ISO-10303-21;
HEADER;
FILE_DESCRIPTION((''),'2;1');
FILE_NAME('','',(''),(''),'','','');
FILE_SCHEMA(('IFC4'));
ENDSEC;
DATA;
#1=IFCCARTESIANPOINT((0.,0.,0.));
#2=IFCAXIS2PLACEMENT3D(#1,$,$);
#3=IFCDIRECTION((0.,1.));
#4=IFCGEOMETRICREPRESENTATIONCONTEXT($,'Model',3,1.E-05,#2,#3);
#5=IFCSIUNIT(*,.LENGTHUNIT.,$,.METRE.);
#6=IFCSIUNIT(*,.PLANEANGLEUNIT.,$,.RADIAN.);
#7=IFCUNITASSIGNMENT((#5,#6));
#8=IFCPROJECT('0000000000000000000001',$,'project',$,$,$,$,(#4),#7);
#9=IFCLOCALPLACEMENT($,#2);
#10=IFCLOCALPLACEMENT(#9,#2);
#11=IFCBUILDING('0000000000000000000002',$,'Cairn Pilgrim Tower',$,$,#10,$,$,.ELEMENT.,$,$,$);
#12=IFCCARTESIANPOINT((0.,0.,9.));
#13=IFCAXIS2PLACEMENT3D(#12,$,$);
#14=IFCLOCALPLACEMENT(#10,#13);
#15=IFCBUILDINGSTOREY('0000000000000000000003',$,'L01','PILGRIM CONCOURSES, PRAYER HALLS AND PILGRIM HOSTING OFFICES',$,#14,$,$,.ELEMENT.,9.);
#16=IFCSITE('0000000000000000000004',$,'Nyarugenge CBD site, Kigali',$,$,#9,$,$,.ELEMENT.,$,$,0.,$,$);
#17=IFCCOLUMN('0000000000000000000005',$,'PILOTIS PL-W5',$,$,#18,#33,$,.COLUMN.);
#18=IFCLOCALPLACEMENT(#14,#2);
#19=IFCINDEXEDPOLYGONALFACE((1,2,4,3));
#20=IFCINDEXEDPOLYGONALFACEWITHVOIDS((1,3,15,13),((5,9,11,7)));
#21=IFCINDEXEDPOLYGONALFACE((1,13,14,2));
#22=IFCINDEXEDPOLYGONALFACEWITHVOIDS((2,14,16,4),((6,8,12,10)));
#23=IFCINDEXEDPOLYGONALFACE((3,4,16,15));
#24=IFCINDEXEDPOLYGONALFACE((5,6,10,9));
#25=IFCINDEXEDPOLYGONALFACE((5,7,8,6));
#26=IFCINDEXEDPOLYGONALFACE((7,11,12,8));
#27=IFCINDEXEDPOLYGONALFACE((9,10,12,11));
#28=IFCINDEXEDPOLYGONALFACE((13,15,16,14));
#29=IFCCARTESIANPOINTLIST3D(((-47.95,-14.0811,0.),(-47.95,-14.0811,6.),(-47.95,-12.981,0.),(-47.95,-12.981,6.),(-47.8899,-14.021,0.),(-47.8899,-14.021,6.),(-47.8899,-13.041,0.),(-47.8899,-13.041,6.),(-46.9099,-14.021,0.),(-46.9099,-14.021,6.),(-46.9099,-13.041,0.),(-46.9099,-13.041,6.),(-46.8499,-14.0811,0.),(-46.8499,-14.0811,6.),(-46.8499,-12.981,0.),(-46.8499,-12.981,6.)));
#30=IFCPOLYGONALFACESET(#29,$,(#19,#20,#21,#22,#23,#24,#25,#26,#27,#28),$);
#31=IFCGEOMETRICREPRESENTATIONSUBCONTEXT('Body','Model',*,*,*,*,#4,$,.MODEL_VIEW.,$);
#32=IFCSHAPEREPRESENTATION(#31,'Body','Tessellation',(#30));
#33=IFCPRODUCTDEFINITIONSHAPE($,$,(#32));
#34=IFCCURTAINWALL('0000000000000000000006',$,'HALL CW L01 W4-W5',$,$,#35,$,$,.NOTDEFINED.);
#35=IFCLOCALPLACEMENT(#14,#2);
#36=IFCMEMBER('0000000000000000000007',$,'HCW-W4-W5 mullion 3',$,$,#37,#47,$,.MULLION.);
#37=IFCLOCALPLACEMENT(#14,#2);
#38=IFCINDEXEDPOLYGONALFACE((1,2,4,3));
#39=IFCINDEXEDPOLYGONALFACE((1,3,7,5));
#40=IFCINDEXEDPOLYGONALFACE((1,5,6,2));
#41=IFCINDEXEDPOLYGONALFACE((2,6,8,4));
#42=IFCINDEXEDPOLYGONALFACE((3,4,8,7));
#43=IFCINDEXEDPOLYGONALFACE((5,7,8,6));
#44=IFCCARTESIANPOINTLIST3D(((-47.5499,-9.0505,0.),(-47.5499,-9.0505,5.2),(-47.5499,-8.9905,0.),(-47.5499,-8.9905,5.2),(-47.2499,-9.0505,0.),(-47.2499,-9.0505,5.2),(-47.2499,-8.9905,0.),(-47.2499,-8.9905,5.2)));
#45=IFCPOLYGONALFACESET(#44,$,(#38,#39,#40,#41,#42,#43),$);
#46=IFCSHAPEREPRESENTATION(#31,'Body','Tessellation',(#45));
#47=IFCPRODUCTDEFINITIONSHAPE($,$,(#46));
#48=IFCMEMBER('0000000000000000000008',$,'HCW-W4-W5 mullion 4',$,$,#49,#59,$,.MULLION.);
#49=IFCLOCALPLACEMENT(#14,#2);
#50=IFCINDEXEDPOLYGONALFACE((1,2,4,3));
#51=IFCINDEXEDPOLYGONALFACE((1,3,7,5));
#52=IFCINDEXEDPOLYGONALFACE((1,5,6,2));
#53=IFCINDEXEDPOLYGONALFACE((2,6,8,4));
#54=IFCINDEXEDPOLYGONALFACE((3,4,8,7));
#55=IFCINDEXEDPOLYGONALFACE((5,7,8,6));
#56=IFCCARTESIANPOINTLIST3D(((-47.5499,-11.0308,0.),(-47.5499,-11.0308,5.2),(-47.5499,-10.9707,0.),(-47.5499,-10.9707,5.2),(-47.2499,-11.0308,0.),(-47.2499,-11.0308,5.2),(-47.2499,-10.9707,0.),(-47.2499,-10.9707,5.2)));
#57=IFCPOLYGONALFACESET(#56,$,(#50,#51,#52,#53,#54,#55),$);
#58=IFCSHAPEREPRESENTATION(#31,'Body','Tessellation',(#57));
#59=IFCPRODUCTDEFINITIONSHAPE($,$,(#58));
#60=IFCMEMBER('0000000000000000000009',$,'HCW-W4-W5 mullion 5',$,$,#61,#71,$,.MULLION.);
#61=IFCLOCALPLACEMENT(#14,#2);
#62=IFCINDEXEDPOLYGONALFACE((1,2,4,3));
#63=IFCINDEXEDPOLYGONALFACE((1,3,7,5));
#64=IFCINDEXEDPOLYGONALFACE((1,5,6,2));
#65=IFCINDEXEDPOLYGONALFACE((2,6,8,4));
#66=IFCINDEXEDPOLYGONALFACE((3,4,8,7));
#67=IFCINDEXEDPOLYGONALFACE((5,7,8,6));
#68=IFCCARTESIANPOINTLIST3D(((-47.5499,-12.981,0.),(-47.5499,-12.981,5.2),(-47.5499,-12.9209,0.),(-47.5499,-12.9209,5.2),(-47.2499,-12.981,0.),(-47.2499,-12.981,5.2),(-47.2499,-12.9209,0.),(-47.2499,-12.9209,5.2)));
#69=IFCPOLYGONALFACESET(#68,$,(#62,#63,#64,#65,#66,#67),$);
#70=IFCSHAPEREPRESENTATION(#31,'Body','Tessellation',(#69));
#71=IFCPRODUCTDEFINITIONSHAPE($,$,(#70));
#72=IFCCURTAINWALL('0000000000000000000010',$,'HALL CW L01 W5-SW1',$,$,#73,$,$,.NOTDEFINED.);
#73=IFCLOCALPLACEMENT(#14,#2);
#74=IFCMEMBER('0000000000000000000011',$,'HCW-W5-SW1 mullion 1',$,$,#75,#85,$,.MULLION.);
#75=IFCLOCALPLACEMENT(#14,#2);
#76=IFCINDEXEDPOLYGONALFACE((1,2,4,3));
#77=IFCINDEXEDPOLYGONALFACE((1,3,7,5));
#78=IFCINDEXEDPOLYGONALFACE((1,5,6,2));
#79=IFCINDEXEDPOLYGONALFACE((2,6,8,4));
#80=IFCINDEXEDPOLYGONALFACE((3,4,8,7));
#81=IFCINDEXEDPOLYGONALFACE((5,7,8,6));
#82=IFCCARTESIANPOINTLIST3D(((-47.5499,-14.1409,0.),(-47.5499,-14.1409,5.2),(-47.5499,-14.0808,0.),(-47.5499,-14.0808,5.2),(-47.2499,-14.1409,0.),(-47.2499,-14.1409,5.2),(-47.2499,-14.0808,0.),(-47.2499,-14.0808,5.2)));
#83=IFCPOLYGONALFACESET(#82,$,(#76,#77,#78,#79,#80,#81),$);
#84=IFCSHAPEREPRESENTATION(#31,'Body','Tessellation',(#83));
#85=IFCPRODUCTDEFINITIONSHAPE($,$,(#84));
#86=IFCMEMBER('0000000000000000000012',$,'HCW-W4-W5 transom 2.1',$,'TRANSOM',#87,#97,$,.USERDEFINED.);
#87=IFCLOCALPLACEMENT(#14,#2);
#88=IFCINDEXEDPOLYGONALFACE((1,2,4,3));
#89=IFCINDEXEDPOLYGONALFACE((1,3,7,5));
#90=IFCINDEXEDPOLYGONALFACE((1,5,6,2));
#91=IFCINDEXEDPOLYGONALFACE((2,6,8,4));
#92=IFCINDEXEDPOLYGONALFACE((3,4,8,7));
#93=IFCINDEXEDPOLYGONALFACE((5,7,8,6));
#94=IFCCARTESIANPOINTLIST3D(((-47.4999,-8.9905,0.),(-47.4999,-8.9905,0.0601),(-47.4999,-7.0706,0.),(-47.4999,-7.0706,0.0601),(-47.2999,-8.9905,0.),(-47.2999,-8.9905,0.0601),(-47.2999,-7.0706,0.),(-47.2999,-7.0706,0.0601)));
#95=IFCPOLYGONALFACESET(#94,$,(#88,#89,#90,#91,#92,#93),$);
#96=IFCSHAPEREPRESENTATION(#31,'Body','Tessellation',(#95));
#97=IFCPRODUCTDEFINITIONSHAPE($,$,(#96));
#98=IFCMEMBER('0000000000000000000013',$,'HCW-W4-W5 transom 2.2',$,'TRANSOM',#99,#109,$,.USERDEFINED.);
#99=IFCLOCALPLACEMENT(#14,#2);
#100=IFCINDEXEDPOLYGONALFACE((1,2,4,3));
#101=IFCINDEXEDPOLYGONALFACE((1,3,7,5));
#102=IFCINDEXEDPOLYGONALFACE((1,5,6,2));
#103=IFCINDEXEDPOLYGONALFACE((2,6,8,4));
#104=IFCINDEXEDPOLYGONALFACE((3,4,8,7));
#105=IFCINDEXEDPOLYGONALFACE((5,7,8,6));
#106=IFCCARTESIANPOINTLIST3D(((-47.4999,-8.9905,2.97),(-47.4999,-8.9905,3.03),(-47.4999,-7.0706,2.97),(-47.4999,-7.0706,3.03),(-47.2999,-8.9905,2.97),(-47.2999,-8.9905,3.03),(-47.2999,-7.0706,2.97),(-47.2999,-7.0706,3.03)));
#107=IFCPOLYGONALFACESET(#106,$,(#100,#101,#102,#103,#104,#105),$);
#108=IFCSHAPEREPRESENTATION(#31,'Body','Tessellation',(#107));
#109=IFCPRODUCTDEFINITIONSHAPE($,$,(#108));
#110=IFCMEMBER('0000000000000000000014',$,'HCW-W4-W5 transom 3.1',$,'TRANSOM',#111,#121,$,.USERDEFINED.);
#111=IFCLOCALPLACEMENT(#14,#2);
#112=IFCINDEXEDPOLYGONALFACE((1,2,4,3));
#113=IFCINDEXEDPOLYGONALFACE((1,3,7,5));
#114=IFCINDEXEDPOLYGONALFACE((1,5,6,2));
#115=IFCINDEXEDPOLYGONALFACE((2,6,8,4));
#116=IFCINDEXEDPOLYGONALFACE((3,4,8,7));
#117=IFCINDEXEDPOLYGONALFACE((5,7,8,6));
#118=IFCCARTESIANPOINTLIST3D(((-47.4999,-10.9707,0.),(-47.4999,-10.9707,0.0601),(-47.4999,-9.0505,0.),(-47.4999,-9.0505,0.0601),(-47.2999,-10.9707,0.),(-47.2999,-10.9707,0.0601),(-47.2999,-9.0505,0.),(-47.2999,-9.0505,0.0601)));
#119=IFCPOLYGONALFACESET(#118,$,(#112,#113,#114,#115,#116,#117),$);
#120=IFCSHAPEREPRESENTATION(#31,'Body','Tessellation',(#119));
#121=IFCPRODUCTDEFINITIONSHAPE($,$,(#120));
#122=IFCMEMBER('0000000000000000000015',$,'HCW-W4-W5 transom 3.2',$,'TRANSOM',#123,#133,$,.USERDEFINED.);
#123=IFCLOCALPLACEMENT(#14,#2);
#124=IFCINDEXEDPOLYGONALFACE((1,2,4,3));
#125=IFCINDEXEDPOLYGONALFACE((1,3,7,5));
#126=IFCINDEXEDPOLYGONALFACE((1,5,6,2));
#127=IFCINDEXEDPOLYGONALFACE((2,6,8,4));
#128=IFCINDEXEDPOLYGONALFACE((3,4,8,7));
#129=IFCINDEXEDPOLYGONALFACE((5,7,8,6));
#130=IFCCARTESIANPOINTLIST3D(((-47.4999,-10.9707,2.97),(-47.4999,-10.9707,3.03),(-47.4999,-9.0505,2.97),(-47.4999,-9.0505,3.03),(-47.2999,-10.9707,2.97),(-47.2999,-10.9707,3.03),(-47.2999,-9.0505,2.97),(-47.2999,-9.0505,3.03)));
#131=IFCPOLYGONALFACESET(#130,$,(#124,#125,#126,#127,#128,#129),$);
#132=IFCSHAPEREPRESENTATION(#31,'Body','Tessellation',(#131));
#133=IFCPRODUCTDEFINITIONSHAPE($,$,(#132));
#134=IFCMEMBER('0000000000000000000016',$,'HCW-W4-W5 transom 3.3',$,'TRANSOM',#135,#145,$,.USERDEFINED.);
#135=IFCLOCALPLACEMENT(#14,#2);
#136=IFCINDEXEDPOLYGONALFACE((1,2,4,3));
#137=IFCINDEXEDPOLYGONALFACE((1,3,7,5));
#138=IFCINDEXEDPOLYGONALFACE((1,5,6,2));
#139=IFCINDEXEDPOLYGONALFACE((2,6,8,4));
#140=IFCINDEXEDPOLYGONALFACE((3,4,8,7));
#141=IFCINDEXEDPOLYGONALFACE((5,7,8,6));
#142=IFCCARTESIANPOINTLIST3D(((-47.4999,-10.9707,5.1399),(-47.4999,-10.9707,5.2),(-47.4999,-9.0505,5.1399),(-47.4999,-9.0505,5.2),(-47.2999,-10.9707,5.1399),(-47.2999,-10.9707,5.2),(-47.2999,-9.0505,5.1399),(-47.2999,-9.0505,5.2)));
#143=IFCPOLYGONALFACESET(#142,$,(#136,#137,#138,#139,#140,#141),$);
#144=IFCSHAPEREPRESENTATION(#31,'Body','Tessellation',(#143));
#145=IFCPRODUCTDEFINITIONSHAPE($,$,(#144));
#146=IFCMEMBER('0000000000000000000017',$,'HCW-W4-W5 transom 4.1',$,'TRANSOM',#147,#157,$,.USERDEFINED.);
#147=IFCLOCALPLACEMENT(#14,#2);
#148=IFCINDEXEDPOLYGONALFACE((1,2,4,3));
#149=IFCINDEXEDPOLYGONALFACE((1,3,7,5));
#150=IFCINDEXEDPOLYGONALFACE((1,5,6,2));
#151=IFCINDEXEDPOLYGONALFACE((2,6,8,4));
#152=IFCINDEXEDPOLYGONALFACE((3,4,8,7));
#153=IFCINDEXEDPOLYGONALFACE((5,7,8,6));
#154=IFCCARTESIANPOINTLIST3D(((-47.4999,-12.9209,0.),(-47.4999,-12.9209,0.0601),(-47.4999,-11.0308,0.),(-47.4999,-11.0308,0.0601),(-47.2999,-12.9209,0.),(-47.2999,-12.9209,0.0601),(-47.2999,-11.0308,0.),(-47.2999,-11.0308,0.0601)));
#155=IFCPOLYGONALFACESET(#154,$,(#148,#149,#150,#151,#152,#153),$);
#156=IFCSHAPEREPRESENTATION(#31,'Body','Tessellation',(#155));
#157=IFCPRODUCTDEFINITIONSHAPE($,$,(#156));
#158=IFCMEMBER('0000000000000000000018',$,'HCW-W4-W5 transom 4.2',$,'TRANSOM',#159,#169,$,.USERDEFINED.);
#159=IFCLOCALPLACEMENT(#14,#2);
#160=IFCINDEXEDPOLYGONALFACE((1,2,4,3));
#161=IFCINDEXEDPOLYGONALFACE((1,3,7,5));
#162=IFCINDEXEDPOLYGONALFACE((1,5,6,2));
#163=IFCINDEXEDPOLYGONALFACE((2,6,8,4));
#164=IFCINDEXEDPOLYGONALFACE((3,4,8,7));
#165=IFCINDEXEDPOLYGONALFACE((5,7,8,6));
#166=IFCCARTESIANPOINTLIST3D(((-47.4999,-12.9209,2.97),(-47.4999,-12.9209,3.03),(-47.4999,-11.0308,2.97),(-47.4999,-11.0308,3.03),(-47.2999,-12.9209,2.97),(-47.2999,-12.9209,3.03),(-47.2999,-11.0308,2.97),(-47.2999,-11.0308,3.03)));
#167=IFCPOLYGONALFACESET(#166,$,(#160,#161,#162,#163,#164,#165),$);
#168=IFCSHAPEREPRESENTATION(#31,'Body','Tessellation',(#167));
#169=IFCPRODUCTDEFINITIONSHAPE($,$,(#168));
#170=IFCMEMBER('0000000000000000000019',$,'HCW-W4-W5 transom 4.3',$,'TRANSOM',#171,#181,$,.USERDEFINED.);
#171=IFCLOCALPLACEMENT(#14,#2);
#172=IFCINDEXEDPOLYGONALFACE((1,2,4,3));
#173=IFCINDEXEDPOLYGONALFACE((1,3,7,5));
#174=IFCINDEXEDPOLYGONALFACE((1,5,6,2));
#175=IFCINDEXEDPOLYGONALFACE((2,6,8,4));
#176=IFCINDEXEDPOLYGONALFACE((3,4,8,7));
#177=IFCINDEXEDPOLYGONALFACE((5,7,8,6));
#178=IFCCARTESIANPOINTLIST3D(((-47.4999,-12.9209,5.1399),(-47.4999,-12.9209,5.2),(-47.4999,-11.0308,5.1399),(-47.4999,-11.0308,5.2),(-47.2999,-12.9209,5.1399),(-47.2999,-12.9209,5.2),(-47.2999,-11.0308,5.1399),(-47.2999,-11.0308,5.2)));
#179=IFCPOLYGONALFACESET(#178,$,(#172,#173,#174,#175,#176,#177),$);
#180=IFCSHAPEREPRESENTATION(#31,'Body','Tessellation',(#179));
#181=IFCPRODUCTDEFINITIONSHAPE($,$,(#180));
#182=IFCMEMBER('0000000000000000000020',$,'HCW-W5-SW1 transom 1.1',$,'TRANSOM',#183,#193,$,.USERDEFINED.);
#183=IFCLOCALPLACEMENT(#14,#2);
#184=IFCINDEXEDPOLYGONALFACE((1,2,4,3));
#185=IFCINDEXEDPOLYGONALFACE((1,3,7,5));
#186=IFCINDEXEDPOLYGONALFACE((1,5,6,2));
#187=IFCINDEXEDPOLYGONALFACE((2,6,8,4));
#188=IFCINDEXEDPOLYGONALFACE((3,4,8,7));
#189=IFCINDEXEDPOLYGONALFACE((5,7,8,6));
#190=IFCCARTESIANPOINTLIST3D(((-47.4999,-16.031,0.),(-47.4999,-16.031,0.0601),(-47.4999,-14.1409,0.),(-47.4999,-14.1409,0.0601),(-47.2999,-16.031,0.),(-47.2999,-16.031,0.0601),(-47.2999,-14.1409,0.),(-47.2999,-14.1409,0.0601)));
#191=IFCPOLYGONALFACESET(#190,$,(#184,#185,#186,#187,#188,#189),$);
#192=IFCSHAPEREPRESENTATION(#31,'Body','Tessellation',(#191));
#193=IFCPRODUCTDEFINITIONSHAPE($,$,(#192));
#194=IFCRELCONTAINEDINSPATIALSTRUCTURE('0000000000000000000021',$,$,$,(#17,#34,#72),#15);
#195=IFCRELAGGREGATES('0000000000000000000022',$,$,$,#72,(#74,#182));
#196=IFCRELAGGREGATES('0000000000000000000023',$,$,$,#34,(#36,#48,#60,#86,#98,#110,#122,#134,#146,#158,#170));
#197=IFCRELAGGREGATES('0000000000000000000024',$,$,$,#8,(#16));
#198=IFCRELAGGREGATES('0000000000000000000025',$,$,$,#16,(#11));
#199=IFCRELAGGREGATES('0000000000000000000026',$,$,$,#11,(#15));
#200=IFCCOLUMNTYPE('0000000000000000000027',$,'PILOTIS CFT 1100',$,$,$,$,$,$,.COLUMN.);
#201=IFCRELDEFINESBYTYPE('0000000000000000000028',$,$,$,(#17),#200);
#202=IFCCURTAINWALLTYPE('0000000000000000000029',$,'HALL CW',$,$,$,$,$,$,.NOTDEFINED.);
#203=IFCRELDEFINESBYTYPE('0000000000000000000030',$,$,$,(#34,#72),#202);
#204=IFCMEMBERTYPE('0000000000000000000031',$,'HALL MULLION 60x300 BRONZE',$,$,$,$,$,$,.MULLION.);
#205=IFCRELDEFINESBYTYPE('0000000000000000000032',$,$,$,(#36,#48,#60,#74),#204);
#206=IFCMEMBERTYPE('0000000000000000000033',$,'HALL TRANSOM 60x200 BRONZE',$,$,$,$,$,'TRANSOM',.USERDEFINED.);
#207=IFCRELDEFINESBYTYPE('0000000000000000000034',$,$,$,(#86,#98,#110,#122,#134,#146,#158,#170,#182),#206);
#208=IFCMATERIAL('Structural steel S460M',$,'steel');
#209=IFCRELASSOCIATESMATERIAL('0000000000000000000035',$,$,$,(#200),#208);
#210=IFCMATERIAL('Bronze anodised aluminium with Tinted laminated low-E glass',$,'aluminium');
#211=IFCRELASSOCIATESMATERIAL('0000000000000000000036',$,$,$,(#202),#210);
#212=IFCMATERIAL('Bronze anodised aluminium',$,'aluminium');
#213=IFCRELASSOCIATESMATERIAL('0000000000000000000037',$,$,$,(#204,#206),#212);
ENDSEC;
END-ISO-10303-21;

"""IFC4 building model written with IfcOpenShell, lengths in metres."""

from ifc_helpers import new_model, si_unit, direction, frame, origin, origin_2d, place, context, subcontext, project, spatial, rectangle, hollow_rectangle, extrude, material, material_profile, profile_set, type_object, element, aggregate, save


model = new_model("IFC4")

# Units and contexts
model_context = context("Model", 3, precision=1e-05, world=origin(), true_north=direction((0.0, 1.0)))
body_context = subcontext(model_context, "Body", "Model", "MODEL_VIEW")
ifc_project = project(units=[si_unit("LENGTHUNIT", "METRE"), si_unit("PLANEANGLEUNIT", "RADIAN")], contexts=[model_context])

# Site, building, storey
site_placement = place(None, origin())
site = spatial("IfcSite", under=ifc_project, at=site_placement, Name="Nyarugenge CBD site, Kigali", CompositionType="ELEMENT", RefElevation=0.0)
building_placement = place(site_placement, origin())
building = spatial("IfcBuilding", under=site, at=building_placement, Name="Cairn Pilgrim Tower", CompositionType="ELEMENT")
storey_placement = place(building_placement, frame((0.0, 0.0, 9.0)))
storey = spatial("IfcBuildingStorey", under=building, at=storey_placement, Name="L01", Description="PILGRIM CONCOURSES, PRAYER HALLS AND PILGRIM HOSTING OFFICES", CompositionType="ELEMENT", Elevation=9.0)

# Column
ifc_material_1 = material(Name="Structural steel S460M", Category="steel")
ifc_material_profile_1 = material_profile(ifc_material_1, hollow_rectangle(XDim=1.1001, YDim=1.1001, WallThickness=0.0601, at=origin_2d()), Name="BOX 1100x1100x60")
ifc_profile_set_1 = profile_set([ifc_material_profile_1], Name="Structural steel S460M")
column_type = type_object("IfcColumnType", Name="PILOTIS CFT 1100", PredefinedType="COLUMN", material=ifc_profile_set_1)
column_placement = place(storey_placement, frame((-47.3999, -13.531, 0.0), z_axis=(0.0, 0.0, 1.0), x_axis=(1.0, 0.0, 0.0)))
element("IfcColumn", 1, at=column_placement, inside=storey, type_object=column_type, Name="PILOTIS PL-W5", PredefinedType="COLUMN", context=body_context, shape_type="SweptSolid", body=[
    extrude(hollow_rectangle(XDim=1.1001, YDim=1.1001, WallThickness=0.0601, at=origin_2d()), origin(), (0.0, 0.0, 1.0), 6.0),
])

# Curtain wall, members
ifc_material_2 = material(Name="Bronze anodised aluminium with Tinted laminated low-E glass", Category="aluminium")
curtain_wall_type = type_object("IfcCurtainWallType", Name="HALL CW", PredefinedType="NOTDEFINED", material=ifc_material_2)
curtain_wall_1_placement = place(storey_placement, origin())
curtain_wall_1 = element("IfcCurtainWall", 2, at=curtain_wall_1_placement, inside=storey, type_object=curtain_wall_type, Name="HALL CW L01 W4-W5", PredefinedType="NOTDEFINED")
ifc_material_3 = material(Name="Bronze anodised aluminium", Category="aluminium")
ifc_material_profile_2 = material_profile(ifc_material_3, rectangle(XDim=0.3, YDim=0.0601, at=origin_2d()), Name="HALL MULLION 60x300 BRONZE")
ifc_profile_set_2 = profile_set([ifc_material_profile_2], Name="Bronze anodised aluminium")
member_type_1 = type_object("IfcMemberType", Name="HALL MULLION 60x300 BRONZE", PredefinedType="MULLION", material=ifc_profile_set_2)
member_1_placement = place(storey_placement, frame((-47.3999, -9.0205, 0.0), z_axis=(0.0, 0.0, 1.0), x_axis=(1.0, 0.0, 0.0)))
member_1 = element("IfcMember", 3, at=member_1_placement, type_object=member_type_1, Name="HCW-W4-W5 mullion 3", PredefinedType="MULLION", context=body_context, shape_type="SweptSolid", body=[
    extrude(rectangle(XDim=0.3, YDim=0.0601, at=origin_2d()), origin(), (0.0, 0.0, 1.0), 5.2),
])
member_2_placement = place(storey_placement, frame((-47.3999, -11.0007, 0.0), z_axis=(0.0, 0.0, 1.0), x_axis=(1.0, 0.0, 0.0)))
member_2 = element("IfcMember", 4, at=member_2_placement, type_object=member_type_1, Name="HCW-W4-W5 mullion 4", PredefinedType="MULLION", context=body_context, shape_type="SweptSolid", body=[
    extrude(rectangle(XDim=0.3, YDim=0.0601, at=origin_2d()), origin(), (0.0, 0.0, 1.0), 5.2),
])
member_3_placement = place(storey_placement, frame((-47.3999, -12.9509, 0.0), z_axis=(0.0, 0.0, 1.0), x_axis=(1.0, 0.0, 0.0)))
member_3 = element("IfcMember", 5, at=member_3_placement, type_object=member_type_1, Name="HCW-W4-W5 mullion 5", PredefinedType="MULLION", context=body_context, shape_type="SweptSolid", body=[
    extrude(rectangle(XDim=0.3, YDim=0.0601, at=origin_2d()), origin(), (0.0, 0.0, 1.0), 5.2),
])

# Curtain wall, member
curtain_wall_2_placement = place(storey_placement, origin())
curtain_wall_2 = element("IfcCurtainWall", 6, at=curtain_wall_2_placement, inside=storey, type_object=curtain_wall_type, Name="HALL CW L01 W5-SW1", PredefinedType="NOTDEFINED")
member_4_placement = place(storey_placement, frame((-47.3999, -14.1108, 0.0), z_axis=(0.0, 0.0, 1.0), x_axis=(1.0, 0.0, 0.0)))
member_4 = element("IfcMember", 7, at=member_4_placement, type_object=member_type_1, Name="HCW-W5-SW1 mullion 1", PredefinedType="MULLION", context=body_context, shape_type="SweptSolid", body=[
    extrude(rectangle(XDim=0.3, YDim=0.0601, at=origin_2d()), origin(), (0.0, 0.0, 1.0), 5.2),
])

# Members
ifc_material_profile_3 = material_profile(ifc_material_3, rectangle(XDim=0.2, YDim=0.0601, at=origin_2d()), Name="HALL TRANSOM 60x200 BRONZE")
ifc_profile_set_3 = profile_set([ifc_material_profile_3], Name="Bronze anodised aluminium")
member_type_2 = type_object("IfcMemberType", Name="HALL TRANSOM 60x200 BRONZE", ElementType="TRANSOM", PredefinedType="USERDEFINED", material=ifc_profile_set_3)
member_5_placement = place(storey_placement, frame((-47.3999, -7.0706, 0.03), z_axis=(0.0, -1.0, 0.0), x_axis=(1.0, 0.0, 0.0)))
member_5 = element("IfcMember", 8, at=member_5_placement, type_object=member_type_2, Name="HCW-W4-W5 transom 2.1", ObjectType="TRANSOM", PredefinedType="USERDEFINED", context=body_context, shape_type="SweptSolid", body=[
    extrude(rectangle(XDim=0.2, YDim=0.0601, at=origin_2d()), origin(), (0.0, 0.0, 1.0), 1.9199),
])
member_6_placement = place(storey_placement, frame((-47.3999, -7.0706, 3.0), z_axis=(0.0, -1.0, 0.0), x_axis=(1.0, 0.0, 0.0)))
member_6 = element("IfcMember", 9, at=member_6_placement, type_object=member_type_2, Name="HCW-W4-W5 transom 2.2", ObjectType="TRANSOM", PredefinedType="USERDEFINED", context=body_context, shape_type="SweptSolid", body=[
    extrude(rectangle(XDim=0.2, YDim=0.0601, at=origin_2d()), origin(), (0.0, 0.0, 1.0), 1.9199),
])
member_7_placement = place(storey_placement, frame((-47.3999, -9.0505, 0.03), z_axis=(0.0, -1.0, 0.0), x_axis=(1.0, 0.0, 0.0)))
member_7 = element("IfcMember", 10, at=member_7_placement, type_object=member_type_2, Name="HCW-W4-W5 transom 3.1", ObjectType="TRANSOM", PredefinedType="USERDEFINED", context=body_context, shape_type="SweptSolid", body=[
    extrude(rectangle(XDim=0.2, YDim=0.0601, at=origin_2d()), origin(), (0.0, 0.0, 1.0), 1.9202),
])
member_8_placement = place(storey_placement, frame((-47.3999, -9.0505, 3.0), z_axis=(0.0, -1.0, 0.0), x_axis=(1.0, 0.0, 0.0)))
member_8 = element("IfcMember", 11, at=member_8_placement, type_object=member_type_2, Name="HCW-W4-W5 transom 3.2", ObjectType="TRANSOM", PredefinedType="USERDEFINED", context=body_context, shape_type="SweptSolid", body=[
    extrude(rectangle(XDim=0.2, YDim=0.0601, at=origin_2d()), origin(), (0.0, 0.0, 1.0), 1.9202),
])
member_9_placement = place(storey_placement, frame((-47.3999, -9.0505, 5.1699), z_axis=(0.0, -1.0, 0.0), x_axis=(1.0, 0.0, 0.0)))
member_9 = element("IfcMember", 12, at=member_9_placement, type_object=member_type_2, Name="HCW-W4-W5 transom 3.3", ObjectType="TRANSOM", PredefinedType="USERDEFINED", context=body_context, shape_type="SweptSolid", body=[
    extrude(rectangle(XDim=0.2, YDim=0.0601, at=origin_2d()), origin(), (0.0, 0.0, 1.0), 1.9202),
])
member_10_placement = place(storey_placement, frame((-47.3999, -11.0308, 0.03), z_axis=(0.0, -1.0, 0.0), x_axis=(1.0, 0.0, 0.0)))
member_10 = element("IfcMember", 13, at=member_10_placement, type_object=member_type_2, Name="HCW-W4-W5 transom 4.1", ObjectType="TRANSOM", PredefinedType="USERDEFINED", context=body_context, shape_type="SweptSolid", body=[
    extrude(rectangle(XDim=0.2, YDim=0.0601, at=origin_2d()), origin(), (0.0, 0.0, 1.0), 1.8901),
])
member_11_placement = place(storey_placement, frame((-47.3999, -11.0308, 3.0), z_axis=(0.0, -1.0, 0.0), x_axis=(1.0, 0.0, 0.0)))
member_11 = element("IfcMember", 14, at=member_11_placement, type_object=member_type_2, Name="HCW-W4-W5 transom 4.2", ObjectType="TRANSOM", PredefinedType="USERDEFINED", context=body_context, shape_type="SweptSolid", body=[
    extrude(rectangle(XDim=0.2, YDim=0.0601, at=origin_2d()), origin(), (0.0, 0.0, 1.0), 1.8901),
])
member_12_placement = place(storey_placement, frame((-47.3999, -11.0308, 5.1699), z_axis=(0.0, -1.0, 0.0), x_axis=(1.0, 0.0, 0.0)))
member_12 = element("IfcMember", 15, at=member_12_placement, type_object=member_type_2, Name="HCW-W4-W5 transom 4.3", ObjectType="TRANSOM", PredefinedType="USERDEFINED", context=body_context, shape_type="SweptSolid", body=[
    extrude(rectangle(XDim=0.2, YDim=0.0601, at=origin_2d()), origin(), (0.0, 0.0, 1.0), 1.8901),
])
member_13_placement = place(storey_placement, frame((-47.3999, -14.1409, 0.03), z_axis=(0.0, -1.0, 0.0), x_axis=(1.0, 0.0, 0.0)))
member_13 = element("IfcMember", 16, at=member_13_placement, type_object=member_type_2, Name="HCW-W5-SW1 transom 1.1", ObjectType="TRANSOM", PredefinedType="USERDEFINED", context=body_context, shape_type="SweptSolid", body=[
    extrude(rectangle(XDim=0.2, YDim=0.0601, at=origin_2d()), origin(), (0.0, 0.0, 1.0), 1.8901),
])
aggregate(curtain_wall_2, [member_4, member_13])

aggregate(curtain_wall_1, [member_1, member_2, member_3, member_5, member_6, member_7, member_8, member_9, member_10, member_11, member_12])

save(model, "model.ifc")
